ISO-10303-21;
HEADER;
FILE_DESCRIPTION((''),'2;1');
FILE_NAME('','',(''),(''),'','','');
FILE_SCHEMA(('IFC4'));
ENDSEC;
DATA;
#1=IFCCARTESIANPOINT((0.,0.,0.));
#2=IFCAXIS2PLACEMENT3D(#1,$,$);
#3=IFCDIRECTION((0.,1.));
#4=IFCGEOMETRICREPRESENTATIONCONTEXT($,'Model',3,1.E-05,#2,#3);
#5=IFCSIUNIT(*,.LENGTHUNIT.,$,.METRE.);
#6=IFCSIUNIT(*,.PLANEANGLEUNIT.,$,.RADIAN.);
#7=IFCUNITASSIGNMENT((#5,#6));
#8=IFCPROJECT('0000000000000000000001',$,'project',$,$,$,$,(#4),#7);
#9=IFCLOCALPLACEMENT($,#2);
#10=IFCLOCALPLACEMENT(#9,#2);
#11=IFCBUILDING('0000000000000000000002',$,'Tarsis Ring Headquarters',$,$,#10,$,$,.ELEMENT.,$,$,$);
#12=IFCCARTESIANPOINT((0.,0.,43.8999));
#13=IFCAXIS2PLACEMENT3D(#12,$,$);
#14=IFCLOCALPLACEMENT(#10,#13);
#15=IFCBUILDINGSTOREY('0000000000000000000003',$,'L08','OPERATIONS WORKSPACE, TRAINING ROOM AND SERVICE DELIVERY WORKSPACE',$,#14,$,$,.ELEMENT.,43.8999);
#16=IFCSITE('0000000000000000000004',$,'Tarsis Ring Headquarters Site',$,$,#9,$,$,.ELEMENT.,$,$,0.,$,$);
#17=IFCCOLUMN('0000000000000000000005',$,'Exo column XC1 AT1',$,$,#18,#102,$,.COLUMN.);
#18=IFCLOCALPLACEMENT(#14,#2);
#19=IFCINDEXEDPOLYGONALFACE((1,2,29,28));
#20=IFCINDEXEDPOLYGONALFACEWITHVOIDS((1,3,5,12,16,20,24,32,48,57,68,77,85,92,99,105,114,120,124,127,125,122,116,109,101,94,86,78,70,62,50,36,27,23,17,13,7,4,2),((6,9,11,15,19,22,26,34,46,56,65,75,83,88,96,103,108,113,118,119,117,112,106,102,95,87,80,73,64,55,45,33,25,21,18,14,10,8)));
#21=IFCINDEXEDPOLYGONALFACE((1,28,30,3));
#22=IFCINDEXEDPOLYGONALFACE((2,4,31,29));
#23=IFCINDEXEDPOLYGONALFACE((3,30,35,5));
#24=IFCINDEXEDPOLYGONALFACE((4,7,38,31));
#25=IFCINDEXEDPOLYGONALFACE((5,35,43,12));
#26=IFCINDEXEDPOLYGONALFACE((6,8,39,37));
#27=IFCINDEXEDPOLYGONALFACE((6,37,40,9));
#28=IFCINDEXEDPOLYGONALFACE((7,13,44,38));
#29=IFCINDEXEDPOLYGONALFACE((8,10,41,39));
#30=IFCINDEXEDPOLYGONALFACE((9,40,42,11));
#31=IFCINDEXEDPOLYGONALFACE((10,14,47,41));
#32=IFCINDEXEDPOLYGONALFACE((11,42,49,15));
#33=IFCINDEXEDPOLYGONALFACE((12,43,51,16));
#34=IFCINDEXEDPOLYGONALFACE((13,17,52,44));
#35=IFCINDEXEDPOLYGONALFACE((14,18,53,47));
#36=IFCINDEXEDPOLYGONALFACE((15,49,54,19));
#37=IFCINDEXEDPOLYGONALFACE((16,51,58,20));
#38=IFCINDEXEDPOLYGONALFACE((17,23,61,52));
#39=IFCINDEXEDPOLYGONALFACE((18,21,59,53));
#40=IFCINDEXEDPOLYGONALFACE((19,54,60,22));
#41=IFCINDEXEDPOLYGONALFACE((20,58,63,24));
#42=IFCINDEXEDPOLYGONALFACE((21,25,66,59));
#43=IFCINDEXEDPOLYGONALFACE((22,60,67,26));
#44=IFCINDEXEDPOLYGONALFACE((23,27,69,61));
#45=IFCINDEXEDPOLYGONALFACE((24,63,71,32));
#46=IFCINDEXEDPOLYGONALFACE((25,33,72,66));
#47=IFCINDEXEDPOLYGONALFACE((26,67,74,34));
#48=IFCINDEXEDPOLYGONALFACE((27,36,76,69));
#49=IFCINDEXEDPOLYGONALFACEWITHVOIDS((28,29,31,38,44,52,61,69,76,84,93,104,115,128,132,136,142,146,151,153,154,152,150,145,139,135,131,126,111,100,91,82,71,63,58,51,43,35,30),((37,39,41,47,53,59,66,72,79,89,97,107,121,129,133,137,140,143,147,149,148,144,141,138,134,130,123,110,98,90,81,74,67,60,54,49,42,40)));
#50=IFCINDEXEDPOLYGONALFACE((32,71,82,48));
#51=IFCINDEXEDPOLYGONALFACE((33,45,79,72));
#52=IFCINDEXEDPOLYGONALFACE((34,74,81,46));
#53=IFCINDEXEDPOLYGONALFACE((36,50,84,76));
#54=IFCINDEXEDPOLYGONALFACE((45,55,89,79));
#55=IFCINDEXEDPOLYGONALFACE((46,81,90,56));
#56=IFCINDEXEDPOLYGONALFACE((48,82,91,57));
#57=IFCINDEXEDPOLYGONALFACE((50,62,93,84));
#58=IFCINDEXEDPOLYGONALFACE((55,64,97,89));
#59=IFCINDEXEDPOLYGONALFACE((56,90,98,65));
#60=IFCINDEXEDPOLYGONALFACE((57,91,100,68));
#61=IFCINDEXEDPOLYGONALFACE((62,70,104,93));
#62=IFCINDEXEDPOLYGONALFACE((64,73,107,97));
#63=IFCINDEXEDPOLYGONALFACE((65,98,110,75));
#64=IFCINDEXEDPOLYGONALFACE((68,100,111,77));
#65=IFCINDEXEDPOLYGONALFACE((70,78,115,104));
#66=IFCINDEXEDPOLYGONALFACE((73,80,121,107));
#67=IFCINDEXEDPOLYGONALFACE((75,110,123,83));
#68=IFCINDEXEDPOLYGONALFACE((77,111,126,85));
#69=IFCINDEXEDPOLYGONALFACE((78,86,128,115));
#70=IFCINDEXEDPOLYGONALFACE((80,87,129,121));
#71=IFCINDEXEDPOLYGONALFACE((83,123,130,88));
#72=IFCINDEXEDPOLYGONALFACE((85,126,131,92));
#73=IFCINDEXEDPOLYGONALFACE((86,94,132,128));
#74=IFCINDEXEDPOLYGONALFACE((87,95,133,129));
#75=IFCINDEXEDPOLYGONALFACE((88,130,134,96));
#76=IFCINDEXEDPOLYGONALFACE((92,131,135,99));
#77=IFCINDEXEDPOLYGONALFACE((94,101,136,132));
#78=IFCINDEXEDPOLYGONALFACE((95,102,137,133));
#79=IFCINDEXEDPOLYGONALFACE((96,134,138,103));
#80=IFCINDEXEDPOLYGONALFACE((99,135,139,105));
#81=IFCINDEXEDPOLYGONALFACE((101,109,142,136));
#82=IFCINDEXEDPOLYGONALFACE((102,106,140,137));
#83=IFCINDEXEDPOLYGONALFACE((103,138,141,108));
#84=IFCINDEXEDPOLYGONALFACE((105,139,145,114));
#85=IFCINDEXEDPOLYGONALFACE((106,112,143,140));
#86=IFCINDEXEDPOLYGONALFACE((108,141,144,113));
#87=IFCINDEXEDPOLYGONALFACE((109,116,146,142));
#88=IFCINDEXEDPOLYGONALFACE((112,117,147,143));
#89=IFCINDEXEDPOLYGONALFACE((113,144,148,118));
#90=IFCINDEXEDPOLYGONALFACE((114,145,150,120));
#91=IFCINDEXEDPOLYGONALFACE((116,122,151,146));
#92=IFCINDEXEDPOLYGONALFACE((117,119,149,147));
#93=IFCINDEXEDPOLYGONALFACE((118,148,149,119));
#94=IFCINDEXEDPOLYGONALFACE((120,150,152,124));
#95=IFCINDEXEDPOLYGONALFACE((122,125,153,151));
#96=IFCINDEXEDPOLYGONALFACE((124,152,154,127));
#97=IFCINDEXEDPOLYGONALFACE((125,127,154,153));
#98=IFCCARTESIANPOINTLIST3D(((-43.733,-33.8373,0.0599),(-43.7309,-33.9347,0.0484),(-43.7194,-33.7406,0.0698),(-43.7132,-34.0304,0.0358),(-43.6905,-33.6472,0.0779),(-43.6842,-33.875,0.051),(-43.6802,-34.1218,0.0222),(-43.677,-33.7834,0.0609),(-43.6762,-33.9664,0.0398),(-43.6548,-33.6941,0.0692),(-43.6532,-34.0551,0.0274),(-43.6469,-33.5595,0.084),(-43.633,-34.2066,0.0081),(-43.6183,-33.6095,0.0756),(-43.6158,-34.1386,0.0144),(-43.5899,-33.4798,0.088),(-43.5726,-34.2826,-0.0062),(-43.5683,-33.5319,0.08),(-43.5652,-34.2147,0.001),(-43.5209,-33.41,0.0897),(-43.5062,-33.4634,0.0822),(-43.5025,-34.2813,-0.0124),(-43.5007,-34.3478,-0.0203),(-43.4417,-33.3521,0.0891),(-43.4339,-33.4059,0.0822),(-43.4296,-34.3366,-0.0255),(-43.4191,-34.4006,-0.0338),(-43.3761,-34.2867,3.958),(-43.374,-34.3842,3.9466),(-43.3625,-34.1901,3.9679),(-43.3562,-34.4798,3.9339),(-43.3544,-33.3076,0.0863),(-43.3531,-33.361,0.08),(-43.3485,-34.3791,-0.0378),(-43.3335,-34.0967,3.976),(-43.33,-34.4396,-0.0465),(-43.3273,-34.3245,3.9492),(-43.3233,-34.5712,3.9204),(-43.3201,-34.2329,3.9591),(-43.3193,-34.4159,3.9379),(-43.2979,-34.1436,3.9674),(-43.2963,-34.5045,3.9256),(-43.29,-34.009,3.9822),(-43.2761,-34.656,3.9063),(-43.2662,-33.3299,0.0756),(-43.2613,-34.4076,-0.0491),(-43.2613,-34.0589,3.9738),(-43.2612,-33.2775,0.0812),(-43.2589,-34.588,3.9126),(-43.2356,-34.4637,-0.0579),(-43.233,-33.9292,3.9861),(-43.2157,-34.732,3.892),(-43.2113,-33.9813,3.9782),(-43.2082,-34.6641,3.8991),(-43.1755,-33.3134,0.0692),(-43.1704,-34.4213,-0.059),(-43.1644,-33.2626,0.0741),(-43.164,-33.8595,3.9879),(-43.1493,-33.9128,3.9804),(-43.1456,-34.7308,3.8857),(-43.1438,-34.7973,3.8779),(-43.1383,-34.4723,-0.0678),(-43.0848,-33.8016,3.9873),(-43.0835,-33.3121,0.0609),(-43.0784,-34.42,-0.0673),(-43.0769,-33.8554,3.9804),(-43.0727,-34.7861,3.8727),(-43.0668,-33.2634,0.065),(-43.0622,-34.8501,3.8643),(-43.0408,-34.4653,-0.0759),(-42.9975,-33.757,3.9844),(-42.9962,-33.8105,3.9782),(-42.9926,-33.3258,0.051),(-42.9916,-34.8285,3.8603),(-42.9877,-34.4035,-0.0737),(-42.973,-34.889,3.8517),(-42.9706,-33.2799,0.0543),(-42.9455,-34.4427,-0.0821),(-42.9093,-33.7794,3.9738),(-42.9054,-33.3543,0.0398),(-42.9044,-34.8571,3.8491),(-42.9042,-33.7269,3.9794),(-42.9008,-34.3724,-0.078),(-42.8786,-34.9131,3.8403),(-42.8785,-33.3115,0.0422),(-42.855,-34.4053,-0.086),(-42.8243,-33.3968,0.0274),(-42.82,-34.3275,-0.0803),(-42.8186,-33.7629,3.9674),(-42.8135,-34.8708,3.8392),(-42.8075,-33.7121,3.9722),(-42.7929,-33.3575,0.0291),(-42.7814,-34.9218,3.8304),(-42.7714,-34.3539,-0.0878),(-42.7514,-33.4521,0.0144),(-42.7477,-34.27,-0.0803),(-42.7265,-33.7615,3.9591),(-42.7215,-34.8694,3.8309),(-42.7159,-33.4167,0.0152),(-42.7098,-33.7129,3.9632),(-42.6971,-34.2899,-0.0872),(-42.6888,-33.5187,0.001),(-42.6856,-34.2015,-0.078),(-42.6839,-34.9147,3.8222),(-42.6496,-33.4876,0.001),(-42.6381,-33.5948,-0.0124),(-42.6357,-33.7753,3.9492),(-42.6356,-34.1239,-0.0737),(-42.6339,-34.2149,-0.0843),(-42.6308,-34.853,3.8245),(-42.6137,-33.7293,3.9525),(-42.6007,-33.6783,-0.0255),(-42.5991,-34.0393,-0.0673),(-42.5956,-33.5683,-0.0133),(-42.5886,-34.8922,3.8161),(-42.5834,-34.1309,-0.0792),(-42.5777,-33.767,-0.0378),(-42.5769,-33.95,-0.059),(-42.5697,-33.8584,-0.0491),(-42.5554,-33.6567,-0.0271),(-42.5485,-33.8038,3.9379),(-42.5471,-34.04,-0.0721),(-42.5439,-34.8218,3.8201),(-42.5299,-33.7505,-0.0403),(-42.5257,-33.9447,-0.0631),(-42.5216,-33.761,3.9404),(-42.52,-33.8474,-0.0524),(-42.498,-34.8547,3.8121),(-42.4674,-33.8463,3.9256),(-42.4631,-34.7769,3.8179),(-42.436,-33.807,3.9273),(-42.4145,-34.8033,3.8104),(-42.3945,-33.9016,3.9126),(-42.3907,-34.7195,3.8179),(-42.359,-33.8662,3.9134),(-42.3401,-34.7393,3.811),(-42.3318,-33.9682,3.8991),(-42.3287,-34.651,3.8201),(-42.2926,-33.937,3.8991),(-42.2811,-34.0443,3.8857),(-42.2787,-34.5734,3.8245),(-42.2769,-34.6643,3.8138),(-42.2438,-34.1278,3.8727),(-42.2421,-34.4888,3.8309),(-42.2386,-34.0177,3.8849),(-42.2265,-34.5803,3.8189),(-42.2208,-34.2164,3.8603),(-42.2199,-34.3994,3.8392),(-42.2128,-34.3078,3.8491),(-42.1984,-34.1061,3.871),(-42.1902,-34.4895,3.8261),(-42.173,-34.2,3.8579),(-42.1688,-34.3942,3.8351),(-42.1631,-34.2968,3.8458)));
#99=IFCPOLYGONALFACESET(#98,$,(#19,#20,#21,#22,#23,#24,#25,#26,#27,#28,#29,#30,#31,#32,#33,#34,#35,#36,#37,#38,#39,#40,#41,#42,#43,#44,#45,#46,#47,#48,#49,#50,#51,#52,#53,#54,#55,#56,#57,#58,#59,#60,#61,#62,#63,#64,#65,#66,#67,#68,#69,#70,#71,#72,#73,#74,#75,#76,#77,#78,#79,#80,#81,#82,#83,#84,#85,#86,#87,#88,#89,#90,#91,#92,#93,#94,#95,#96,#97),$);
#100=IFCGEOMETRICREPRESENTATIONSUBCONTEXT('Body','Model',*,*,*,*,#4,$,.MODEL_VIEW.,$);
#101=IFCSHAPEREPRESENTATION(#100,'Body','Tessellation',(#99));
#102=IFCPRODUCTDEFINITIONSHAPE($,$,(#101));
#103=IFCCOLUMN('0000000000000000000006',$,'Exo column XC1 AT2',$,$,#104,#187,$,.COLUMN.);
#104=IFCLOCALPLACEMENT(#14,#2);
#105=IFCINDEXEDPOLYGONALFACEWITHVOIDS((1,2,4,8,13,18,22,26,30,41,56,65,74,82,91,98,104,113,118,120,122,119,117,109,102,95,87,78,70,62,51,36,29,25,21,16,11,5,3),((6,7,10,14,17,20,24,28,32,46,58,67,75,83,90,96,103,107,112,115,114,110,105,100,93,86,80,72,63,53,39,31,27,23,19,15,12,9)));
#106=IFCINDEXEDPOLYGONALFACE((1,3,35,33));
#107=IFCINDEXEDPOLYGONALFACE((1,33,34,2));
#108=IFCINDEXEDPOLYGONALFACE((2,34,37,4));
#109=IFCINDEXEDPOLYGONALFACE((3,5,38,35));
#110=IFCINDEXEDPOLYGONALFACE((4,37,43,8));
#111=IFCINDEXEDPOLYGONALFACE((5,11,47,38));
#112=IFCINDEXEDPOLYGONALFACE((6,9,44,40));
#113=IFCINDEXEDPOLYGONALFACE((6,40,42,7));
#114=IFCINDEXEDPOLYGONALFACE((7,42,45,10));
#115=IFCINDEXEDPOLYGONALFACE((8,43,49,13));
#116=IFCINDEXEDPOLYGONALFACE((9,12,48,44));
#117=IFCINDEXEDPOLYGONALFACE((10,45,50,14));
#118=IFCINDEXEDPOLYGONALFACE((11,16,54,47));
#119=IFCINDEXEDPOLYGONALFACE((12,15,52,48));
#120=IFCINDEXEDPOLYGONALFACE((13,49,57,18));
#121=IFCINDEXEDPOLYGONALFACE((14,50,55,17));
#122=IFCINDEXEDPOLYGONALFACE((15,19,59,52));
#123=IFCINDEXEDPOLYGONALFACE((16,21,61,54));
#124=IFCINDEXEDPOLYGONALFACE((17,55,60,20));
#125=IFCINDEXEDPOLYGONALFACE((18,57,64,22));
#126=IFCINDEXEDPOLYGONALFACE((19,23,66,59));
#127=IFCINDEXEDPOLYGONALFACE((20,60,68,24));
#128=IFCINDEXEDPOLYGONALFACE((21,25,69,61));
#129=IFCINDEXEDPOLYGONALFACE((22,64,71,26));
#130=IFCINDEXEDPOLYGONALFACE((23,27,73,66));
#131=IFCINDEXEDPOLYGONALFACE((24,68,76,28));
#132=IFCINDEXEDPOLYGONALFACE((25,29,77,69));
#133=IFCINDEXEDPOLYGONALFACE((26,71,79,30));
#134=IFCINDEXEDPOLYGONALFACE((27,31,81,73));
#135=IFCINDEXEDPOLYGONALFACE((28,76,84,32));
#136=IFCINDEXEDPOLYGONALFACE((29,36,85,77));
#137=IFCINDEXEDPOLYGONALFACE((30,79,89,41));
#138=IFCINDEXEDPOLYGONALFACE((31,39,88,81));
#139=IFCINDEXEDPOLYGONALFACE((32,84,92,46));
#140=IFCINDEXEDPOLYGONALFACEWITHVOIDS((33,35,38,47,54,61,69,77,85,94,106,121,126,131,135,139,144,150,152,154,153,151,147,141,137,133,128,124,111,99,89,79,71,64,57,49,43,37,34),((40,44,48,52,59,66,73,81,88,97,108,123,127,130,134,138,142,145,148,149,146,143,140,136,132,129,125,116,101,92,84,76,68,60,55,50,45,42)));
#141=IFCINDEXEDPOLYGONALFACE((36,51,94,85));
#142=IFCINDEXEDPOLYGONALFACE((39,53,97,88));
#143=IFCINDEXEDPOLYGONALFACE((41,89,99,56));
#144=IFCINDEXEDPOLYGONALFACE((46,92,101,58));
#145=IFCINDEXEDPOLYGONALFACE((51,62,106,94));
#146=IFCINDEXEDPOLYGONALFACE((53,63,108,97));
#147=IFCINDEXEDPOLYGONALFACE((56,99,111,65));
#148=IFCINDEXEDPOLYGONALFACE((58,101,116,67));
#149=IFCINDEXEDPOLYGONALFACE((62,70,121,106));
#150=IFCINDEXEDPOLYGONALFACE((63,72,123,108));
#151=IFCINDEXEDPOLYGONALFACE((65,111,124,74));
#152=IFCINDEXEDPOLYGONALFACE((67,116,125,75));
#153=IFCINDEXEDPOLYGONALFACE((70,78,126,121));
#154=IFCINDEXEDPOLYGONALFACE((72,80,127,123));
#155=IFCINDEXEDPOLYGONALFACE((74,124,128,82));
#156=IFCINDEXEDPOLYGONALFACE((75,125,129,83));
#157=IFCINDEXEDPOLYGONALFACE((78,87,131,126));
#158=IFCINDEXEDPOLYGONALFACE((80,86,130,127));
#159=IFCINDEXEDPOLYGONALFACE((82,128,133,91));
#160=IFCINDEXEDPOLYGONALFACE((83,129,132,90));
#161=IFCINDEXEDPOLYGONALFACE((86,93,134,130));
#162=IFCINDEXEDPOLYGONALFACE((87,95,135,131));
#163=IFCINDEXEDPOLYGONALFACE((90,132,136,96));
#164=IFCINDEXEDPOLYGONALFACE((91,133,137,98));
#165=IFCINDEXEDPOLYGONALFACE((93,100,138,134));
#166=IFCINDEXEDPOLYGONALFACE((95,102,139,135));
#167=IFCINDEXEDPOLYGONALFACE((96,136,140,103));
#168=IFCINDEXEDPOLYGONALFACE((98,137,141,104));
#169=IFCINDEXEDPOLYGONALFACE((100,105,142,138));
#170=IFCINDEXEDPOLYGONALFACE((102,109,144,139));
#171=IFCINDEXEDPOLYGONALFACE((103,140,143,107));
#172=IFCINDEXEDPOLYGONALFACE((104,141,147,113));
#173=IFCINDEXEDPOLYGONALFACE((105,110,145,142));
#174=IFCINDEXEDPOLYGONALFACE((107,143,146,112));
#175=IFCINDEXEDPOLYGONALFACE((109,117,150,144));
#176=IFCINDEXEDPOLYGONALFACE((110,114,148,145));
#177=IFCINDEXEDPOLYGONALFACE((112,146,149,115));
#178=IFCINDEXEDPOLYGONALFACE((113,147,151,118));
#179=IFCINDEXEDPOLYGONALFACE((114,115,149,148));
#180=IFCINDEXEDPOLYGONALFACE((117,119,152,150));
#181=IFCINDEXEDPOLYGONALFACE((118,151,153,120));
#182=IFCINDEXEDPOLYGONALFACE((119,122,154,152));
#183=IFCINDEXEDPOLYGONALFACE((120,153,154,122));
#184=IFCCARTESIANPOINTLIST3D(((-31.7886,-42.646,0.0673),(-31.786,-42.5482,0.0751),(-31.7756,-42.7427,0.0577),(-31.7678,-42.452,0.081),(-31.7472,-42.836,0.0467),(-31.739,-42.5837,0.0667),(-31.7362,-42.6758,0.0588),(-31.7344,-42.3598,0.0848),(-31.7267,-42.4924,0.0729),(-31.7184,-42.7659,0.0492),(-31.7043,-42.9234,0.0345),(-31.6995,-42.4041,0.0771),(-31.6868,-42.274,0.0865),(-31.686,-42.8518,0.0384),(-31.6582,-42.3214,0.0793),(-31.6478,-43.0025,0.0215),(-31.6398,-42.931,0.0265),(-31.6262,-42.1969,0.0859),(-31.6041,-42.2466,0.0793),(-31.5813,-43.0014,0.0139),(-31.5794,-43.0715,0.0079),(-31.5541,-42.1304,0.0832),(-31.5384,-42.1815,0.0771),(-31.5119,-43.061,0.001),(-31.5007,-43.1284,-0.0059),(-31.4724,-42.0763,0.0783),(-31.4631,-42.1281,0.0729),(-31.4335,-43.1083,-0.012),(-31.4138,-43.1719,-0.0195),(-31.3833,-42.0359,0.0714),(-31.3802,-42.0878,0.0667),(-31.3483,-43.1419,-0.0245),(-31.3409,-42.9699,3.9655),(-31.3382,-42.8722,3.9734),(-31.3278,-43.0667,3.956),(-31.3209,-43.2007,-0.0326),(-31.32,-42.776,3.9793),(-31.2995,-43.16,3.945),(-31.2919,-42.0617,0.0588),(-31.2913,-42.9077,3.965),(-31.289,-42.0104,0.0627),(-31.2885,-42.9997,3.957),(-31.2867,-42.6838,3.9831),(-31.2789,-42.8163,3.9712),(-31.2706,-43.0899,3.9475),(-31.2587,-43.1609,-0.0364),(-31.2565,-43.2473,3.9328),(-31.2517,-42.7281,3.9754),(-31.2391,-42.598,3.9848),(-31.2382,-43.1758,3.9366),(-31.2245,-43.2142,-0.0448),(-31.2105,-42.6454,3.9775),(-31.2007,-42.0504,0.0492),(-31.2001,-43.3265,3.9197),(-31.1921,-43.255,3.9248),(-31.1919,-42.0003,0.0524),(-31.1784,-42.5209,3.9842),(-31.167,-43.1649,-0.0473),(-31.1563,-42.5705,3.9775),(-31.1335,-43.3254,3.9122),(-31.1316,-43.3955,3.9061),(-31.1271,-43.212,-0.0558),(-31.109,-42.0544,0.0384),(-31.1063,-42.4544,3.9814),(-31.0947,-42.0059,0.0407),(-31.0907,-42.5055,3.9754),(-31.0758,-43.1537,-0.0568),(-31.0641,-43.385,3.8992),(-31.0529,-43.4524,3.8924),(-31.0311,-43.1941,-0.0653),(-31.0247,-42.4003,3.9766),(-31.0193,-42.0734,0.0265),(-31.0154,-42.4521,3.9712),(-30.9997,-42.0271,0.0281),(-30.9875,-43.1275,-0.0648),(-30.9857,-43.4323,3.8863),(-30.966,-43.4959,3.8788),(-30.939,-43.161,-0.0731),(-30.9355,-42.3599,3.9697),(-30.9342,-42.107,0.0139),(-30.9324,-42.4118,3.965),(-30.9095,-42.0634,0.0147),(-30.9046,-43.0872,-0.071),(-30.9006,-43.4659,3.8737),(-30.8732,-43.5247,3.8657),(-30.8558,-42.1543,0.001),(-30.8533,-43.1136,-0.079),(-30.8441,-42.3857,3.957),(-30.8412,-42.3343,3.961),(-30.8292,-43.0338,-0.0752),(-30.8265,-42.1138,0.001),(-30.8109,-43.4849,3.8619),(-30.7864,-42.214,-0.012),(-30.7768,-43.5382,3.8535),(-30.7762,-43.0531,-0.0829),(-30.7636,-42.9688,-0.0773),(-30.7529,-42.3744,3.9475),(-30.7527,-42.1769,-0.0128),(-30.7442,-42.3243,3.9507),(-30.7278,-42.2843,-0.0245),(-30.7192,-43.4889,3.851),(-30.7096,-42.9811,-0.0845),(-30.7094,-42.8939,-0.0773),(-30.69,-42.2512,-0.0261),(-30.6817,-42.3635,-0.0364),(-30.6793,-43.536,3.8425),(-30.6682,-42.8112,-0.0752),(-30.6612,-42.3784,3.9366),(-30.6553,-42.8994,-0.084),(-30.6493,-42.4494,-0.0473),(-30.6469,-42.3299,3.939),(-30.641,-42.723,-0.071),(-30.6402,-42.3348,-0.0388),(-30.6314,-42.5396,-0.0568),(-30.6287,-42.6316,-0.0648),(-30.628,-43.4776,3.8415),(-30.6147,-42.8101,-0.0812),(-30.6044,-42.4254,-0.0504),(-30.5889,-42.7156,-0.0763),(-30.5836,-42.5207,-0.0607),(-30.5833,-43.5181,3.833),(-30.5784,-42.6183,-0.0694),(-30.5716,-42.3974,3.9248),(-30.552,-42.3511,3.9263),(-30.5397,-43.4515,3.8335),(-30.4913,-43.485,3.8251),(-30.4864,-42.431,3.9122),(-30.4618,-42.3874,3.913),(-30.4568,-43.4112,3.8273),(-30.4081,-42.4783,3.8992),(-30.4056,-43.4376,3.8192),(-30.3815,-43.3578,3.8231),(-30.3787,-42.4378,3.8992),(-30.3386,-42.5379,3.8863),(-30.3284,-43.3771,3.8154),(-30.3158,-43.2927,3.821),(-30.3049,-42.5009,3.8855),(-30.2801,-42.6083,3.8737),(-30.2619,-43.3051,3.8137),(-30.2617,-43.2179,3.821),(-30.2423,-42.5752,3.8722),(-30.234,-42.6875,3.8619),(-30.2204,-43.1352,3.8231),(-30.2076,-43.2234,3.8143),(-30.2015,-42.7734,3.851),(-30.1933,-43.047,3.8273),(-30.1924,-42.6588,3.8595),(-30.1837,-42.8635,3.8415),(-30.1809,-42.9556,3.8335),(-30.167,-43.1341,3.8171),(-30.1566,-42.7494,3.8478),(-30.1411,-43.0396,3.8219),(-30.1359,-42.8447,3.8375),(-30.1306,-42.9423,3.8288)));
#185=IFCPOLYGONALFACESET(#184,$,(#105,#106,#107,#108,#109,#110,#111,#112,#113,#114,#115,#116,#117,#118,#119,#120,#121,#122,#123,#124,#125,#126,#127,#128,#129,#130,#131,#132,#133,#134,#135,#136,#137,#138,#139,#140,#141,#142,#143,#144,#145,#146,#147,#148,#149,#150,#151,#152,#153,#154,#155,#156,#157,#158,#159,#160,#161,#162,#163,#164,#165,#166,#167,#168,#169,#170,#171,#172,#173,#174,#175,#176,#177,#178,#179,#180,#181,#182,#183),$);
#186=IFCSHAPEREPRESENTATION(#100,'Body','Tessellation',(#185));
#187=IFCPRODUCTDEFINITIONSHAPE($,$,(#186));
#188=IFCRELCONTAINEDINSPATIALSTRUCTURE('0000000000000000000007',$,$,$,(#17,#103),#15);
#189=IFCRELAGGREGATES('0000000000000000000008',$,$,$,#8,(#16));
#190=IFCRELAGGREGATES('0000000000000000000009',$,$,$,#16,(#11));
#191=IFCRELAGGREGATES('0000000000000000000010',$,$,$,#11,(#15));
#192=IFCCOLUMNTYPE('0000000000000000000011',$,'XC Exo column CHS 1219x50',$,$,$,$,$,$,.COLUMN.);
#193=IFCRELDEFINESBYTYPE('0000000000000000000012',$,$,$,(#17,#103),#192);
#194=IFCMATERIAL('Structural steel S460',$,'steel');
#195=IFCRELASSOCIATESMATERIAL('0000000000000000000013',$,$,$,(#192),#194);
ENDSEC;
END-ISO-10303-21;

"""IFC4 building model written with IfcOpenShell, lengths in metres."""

from ifc_helpers import new_model, si_unit, direction, frame, origin, origin_2d, place, context, subcontext, project, spatial, hollow_circle, extrude, material, material_profile, profile_set, type_object, element, save


model = new_model("IFC4")

# Units and contexts
model_context = context("Model", 3, precision=1e-05, world=origin(), true_north=direction((0.0, 1.0)))
body_context = subcontext(model_context, "Body", "Model", "MODEL_VIEW")
ifc_project = project(units=[si_unit("LENGTHUNIT", "METRE"), si_unit("PLANEANGLEUNIT", "RADIAN")], contexts=[model_context])

# Site, building, storey
site_placement = place(None, origin())
site = spatial("IfcSite", under=ifc_project, at=site_placement, Name="Tarsis Ring Headquarters Site", CompositionType="ELEMENT", RefElevation=0.0)
building_placement = place(site_placement, origin())
building = spatial("IfcBuilding", under=site, at=building_placement, Name="Tarsis Ring Headquarters", CompositionType="ELEMENT")
storey_placement = place(building_placement, frame((0.0, 0.0, 43.8999)))
storey = spatial("IfcBuildingStorey", under=building, at=storey_placement, Name="L08", Description="OPERATIONS WORKSPACE, TRAINING ROOM AND SERVICE DELIVERY WORKSPACE", CompositionType="ELEMENT", Elevation=43.8999)

# Columns
ifc_material_1 = material(Name="Structural steel S460", Category="steel")
ifc_material_profile_1 = material_profile(ifc_material_1, hollow_circle(Radius=0.6096, WallThickness=0.05, at=origin_2d()), Name="CHS 1219x50")
ifc_profile_set_1 = profile_set([ifc_material_profile_1], Name="Structural steel S460")
column_type = type_object("IfcColumnType", Name="XC Exo column CHS 1219x50", PredefinedType="COLUMN", material=ifc_profile_set_1)
column_1_placement = place(storey_placement, frame((-43.127, -33.8667, 0.001), z_axis=(0.090587, -0.114071, 0.989334), x_axis=(0.783105, 0.62189, 0.0)))
element("IfcColumn", 1, at=column_1_placement, inside=storey, type_object=column_type, Name="Exo column XC1 AT1", PredefinedType="COLUMN", context=body_context, shape_type="SweptSolid", body=[
    extrude(hollow_circle(Radius=0.6096, WallThickness=0.05, at=origin_2d()), origin(), (0.0, 0.0, 1.0), 3.9402),
])
column_2_placement = place(storey_placement, frame((-31.1838, -42.6077, 0.001), z_axis=(0.113725, -0.082286, 0.990099), x_axis=(0.5862, 0.810166, 0.0)))
element("IfcColumn", 2, at=column_2_placement, inside=storey, type_object=column_type, Name="Exo column XC1 AT2", PredefinedType="COLUMN", context=body_context, shape_type="SweptSolid", body=[
    extrude(hollow_circle(Radius=0.6096, WallThickness=0.05, at=origin_2d()), origin(), (0.0, 0.0, 1.0), 3.9373),
])

save(model, "model.ifc")
